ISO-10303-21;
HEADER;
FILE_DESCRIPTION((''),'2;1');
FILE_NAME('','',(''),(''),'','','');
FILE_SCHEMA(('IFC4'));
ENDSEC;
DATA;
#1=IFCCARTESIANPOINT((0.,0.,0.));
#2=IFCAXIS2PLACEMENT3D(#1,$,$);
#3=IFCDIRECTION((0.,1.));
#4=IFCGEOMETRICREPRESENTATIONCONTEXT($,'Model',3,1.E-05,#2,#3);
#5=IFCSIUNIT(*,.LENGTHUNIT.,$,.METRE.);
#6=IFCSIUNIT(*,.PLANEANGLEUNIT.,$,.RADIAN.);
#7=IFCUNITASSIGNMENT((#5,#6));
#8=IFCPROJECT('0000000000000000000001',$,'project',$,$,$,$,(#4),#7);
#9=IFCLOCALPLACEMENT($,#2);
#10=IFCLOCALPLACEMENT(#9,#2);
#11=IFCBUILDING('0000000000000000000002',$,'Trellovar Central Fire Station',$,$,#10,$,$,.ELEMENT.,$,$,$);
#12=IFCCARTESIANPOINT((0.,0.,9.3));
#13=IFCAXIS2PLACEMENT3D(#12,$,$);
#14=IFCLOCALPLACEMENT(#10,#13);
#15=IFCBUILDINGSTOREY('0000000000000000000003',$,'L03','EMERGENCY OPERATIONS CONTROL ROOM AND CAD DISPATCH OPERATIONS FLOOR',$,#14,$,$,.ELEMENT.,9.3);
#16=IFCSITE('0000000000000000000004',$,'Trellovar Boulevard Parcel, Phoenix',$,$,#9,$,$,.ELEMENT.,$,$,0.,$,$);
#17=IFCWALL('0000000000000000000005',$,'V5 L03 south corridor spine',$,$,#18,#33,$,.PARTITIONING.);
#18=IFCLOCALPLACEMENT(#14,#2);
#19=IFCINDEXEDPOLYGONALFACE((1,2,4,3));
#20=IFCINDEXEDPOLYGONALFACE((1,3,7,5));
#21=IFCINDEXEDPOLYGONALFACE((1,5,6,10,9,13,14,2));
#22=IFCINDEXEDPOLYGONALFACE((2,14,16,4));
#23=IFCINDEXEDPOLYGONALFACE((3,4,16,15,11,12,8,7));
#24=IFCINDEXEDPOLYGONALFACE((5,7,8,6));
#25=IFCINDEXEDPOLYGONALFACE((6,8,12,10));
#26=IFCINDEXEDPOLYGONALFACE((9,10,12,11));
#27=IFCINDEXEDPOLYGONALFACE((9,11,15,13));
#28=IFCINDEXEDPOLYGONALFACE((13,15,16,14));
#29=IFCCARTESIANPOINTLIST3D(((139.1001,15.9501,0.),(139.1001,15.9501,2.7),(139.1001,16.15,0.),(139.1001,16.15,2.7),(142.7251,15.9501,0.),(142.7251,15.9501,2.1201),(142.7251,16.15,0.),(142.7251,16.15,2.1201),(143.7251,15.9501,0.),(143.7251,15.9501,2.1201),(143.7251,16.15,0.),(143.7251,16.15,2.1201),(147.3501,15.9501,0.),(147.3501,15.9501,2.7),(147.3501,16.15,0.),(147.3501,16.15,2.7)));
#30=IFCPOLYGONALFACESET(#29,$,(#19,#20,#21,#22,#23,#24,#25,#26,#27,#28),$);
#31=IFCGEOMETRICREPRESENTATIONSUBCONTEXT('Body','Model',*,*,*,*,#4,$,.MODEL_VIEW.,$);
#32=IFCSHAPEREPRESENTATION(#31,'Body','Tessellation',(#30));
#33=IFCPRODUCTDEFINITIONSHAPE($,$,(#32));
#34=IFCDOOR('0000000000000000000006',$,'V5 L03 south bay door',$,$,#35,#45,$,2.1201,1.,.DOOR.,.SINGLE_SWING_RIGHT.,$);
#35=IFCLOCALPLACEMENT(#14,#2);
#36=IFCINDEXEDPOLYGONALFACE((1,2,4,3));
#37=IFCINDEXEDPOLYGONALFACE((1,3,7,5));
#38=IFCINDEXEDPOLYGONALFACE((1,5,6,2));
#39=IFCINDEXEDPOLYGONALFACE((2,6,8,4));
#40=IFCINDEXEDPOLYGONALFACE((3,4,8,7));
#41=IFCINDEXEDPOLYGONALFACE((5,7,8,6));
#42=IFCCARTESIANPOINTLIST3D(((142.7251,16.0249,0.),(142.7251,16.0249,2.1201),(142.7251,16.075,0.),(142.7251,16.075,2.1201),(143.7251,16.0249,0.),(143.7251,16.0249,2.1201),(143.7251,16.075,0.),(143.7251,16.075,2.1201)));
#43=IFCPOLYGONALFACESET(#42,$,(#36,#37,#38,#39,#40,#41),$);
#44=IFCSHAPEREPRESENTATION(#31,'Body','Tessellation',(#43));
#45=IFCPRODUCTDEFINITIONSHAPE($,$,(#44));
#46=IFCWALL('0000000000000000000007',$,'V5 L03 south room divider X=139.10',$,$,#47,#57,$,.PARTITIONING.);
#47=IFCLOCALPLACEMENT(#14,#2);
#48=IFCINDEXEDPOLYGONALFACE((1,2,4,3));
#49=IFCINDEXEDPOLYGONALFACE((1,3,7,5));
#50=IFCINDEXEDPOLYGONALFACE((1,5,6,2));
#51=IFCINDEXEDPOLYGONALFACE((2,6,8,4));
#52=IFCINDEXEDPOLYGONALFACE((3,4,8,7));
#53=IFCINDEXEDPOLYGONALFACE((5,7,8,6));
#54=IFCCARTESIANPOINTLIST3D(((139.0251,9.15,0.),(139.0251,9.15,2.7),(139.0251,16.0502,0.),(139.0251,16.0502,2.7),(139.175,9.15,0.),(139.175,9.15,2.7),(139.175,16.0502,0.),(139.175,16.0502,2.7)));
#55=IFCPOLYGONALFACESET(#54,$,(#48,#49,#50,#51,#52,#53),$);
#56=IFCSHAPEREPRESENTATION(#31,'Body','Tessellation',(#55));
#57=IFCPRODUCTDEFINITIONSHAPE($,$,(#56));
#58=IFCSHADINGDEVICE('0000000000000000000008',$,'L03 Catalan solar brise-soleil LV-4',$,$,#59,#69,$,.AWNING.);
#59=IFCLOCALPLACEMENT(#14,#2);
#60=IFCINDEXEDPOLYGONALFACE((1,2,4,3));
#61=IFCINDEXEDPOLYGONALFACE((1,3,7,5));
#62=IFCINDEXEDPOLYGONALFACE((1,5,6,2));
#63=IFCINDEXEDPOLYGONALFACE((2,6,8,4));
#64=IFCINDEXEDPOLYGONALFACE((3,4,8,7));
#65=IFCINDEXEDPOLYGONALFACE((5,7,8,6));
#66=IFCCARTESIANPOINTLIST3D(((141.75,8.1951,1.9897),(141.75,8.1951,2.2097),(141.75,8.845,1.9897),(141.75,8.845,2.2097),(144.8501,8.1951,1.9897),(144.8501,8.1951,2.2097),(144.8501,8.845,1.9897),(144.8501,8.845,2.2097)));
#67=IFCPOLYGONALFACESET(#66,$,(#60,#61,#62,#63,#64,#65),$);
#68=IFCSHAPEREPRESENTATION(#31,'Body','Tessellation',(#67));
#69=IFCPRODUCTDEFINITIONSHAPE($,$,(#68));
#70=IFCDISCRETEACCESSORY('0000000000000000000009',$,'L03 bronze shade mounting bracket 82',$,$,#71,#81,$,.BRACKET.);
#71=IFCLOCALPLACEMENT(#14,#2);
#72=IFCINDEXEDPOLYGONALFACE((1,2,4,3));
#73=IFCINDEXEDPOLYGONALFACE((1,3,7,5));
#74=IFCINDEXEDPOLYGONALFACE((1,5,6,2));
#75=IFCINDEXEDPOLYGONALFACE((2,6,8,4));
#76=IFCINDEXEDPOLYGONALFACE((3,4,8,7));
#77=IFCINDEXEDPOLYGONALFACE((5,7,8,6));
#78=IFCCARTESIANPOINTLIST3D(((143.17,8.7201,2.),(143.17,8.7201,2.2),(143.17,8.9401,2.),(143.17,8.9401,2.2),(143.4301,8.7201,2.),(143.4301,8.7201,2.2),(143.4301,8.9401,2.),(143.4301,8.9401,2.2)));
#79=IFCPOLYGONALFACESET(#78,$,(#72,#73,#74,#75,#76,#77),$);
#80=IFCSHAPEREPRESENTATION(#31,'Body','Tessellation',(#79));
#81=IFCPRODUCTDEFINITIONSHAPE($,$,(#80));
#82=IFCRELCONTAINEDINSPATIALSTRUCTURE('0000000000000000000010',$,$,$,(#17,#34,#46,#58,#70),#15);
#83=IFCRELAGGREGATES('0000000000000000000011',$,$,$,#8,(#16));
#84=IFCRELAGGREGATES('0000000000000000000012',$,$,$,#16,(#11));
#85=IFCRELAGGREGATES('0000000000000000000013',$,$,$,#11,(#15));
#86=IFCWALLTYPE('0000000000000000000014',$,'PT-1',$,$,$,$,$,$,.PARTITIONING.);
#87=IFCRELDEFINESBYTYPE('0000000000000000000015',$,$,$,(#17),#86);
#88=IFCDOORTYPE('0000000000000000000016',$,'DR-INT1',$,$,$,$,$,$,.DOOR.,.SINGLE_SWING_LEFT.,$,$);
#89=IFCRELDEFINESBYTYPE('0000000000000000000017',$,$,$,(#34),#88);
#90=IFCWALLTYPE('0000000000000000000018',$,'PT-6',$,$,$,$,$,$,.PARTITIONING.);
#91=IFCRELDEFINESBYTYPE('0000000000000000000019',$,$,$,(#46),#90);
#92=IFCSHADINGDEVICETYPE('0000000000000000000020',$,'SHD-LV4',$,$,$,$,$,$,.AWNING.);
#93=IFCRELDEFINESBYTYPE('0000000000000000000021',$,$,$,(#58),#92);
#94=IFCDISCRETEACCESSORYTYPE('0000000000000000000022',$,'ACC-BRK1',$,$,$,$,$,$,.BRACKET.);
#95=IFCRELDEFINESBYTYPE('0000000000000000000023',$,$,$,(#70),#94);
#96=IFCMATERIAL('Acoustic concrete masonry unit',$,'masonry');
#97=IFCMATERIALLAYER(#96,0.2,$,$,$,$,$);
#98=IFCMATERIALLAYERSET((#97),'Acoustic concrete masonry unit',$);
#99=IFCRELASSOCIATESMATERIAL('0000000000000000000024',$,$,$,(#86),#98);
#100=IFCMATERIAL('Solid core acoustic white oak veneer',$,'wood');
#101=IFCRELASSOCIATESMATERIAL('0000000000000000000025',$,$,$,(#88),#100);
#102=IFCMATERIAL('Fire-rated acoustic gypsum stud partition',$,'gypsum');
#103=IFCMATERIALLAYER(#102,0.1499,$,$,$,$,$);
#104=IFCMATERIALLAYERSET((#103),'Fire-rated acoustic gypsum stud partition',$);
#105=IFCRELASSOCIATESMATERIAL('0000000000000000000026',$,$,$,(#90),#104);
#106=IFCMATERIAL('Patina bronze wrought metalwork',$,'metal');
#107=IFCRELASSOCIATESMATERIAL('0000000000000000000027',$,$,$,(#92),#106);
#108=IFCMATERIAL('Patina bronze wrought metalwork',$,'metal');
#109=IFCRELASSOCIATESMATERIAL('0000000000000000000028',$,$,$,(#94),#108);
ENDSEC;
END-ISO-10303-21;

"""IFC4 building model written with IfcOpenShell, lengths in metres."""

from ifc_helpers import new_model, si_unit, direction, frame, frame_2d, origin, origin_2d, place, context, subcontext, project, spatial, rectangle, extrude, material, layer, layer_set, type_object, element, fill, save


model = new_model("IFC4")

# Units and contexts
model_context = context("Model", 3, precision=1e-05, world=origin(), true_north=direction((0.0, 1.0)))
body_context = subcontext(model_context, "Body", "Model", "MODEL_VIEW")
ifc_project = project(units=[si_unit("LENGTHUNIT", "METRE"), si_unit("PLANEANGLEUNIT", "RADIAN")], contexts=[model_context])

# Site, building, storey
site_placement = place(None, origin())
site = spatial("IfcSite", under=ifc_project, at=site_placement, Name="Trellovar Boulevard Parcel, Phoenix", CompositionType="ELEMENT", RefElevation=0.0)
building_placement = place(site_placement, origin())
building = spatial("IfcBuilding", under=site, at=building_placement, Name="Trellovar Central Fire Station", CompositionType="ELEMENT")
storey_placement = place(building_placement, frame((0.0, 0.0, 9.3)))
storey = spatial("IfcBuildingStorey", under=building, at=storey_placement, Name="L03", Description="EMERGENCY OPERATIONS CONTROL ROOM AND CAD DISPATCH OPERATIONS FLOOR", CompositionType="ELEMENT", Elevation=9.3)

# Wall, opening, door
ifc_material_1 = material(Name="Acoustic concrete masonry unit", Category="masonry")
ifc_layer_1 = layer(ifc_material_1, 0.2)
ifc_layer_set_1 = layer_set([ifc_layer_1], Name="Acoustic concrete masonry unit")
wall_type_1 = type_object("IfcWallType", Name="PT-1", PredefinedType="PARTITIONING", material=ifc_layer_set_1)
wall_1_placement = place(storey_placement, frame((139.1001, 16.05, 0.0), z_axis=(0.0, 0.0, 1.0), x_axis=(1.0, 0.0, 0.0)))
wall_1 = element("IfcWall", 1, at=wall_1_placement, inside=storey, type_object=wall_type_1, Name="V5 L03 south corridor spine", PredefinedType="PARTITIONING", context=body_context, shape_type="SweptSolid", body=[
    extrude(rectangle(XDim=8.25, YDim=0.2, at=frame_2d((4.125, 0.0))), origin(), (0.0, 0.0, 1.0), 2.7),
])
opening_1_placement = place(wall_1_placement, frame((3.625, 0.0, 0.0)))
opening_1 = element("IfcOpeningElement", 2, at=opening_1_placement, cuts=wall_1, PredefinedType="OPENING", context=body_context, shape_type="SweptSolid", body=[
    extrude(rectangle(XDim=1.0, YDim=2.1201, at=frame_2d((0.5, 1.0601))), frame((0.0, 0.1099, 0.0), z_axis=(0.0, -1.0, 0.0), x_axis=(1.0, 0.0, 0.0)), (0.0, 0.0, 1.0), 0.22),
])
ifc_material_2 = material(Name="Solid core acoustic white oak veneer", Category="wood")
door_type = type_object("IfcDoorType", Name="DR-INT1", OperationType="SINGLE_SWING_LEFT", PredefinedType="DOOR", material=ifc_material_2)
door_placement = place(opening_1_placement, origin())
door = element("IfcDoor", 3, at=door_placement, inside=storey, type_object=door_type, Name="V5 L03 south bay door", OperationType="SINGLE_SWING_RIGHT", OverallHeight=2.1201, OverallWidth=1.0, PredefinedType="DOOR", context=body_context, shape_type="SweptSolid", body=[
    extrude(rectangle(XDim=1.0, YDim=2.1201, at=frame_2d((0.5, 1.0601))), frame((0.0, 0.0249, 0.0), z_axis=(0.0, -1.0, 0.0), x_axis=(1.0, 0.0, 0.0)), (0.0, 0.0, 1.0), 0.05),
])
fill(opening_1, door)

# Wall
ifc_material_3 = material(Name="Fire-rated acoustic gypsum stud partition", Category="gypsum")
ifc_layer_2 = layer(ifc_material_3, 0.1499)
ifc_layer_set_2 = layer_set([ifc_layer_2], Name="Fire-rated acoustic gypsum stud partition")
wall_type_2 = type_object("IfcWallType", Name="PT-6", PredefinedType="PARTITIONING", material=ifc_layer_set_2)
wall_2_placement = place(storey_placement, frame((139.1001, 9.1499, 0.0), z_axis=(0.0, 0.0, 1.0), x_axis=(0.0, 1.0, 0.0)))
element("IfcWall", 4, at=wall_2_placement, inside=storey, type_object=wall_type_2, Name="V5 L03 south room divider X=139.10", PredefinedType="PARTITIONING", context=body_context, shape_type="SweptSolid", body=[
    extrude(rectangle(XDim=6.9001, YDim=0.1499, at=frame_2d((3.4502, 0.0))), origin(), (0.0, 0.0, 1.0), 2.7),
])

# Shading device
ifc_material_4 = material(Name="Patina bronze wrought metalwork", Category="metal")
shading_device_type = type_object("IfcShadingDeviceType", Name="SHD-LV4", PredefinedType="AWNING", material=ifc_material_4)
shading_device_placement = place(storey_placement, frame((143.3, 8.52, 1.9897), z_axis=(0.0, 0.0, 1.0), x_axis=(1.0, 0.0, 0.0)))
element("IfcShadingDevice", 5, at=shading_device_placement, inside=storey, type_object=shading_device_type, Name="L03 Catalan solar brise-soleil LV-4", PredefinedType="AWNING", context=body_context, shape_type="SweptSolid", body=[
    extrude(rectangle(XDim=3.1001, YDim=0.6499, at=origin_2d()), origin(), (0.0, 0.0, 1.0), 0.22),
])

# Discrete accessory
ifc_material_5 = material(Name="Patina bronze wrought metalwork", Category="metal")
discrete_accessory_type = type_object("IfcDiscreteAccessoryType", Name="ACC-BRK1", PredefinedType="BRACKET", material=ifc_material_5)
discrete_accessory_placement = place(storey_placement, frame((143.3, 8.8301, 2.0), z_axis=(0.0, 0.0, 1.0), x_axis=(1.0, 0.0, 0.0)))
element("IfcDiscreteAccessory", 6, at=discrete_accessory_placement, inside=storey, type_object=discrete_accessory_type, Name="L03 bronze shade mounting bracket 82", PredefinedType="BRACKET", context=body_context, shape_type="SweptSolid", body=[
    extrude(rectangle(XDim=0.26, YDim=0.22, at=origin_2d()), origin(), (0.0, 0.0, 1.0), 0.2),
])

save(model, "model.ifc")
